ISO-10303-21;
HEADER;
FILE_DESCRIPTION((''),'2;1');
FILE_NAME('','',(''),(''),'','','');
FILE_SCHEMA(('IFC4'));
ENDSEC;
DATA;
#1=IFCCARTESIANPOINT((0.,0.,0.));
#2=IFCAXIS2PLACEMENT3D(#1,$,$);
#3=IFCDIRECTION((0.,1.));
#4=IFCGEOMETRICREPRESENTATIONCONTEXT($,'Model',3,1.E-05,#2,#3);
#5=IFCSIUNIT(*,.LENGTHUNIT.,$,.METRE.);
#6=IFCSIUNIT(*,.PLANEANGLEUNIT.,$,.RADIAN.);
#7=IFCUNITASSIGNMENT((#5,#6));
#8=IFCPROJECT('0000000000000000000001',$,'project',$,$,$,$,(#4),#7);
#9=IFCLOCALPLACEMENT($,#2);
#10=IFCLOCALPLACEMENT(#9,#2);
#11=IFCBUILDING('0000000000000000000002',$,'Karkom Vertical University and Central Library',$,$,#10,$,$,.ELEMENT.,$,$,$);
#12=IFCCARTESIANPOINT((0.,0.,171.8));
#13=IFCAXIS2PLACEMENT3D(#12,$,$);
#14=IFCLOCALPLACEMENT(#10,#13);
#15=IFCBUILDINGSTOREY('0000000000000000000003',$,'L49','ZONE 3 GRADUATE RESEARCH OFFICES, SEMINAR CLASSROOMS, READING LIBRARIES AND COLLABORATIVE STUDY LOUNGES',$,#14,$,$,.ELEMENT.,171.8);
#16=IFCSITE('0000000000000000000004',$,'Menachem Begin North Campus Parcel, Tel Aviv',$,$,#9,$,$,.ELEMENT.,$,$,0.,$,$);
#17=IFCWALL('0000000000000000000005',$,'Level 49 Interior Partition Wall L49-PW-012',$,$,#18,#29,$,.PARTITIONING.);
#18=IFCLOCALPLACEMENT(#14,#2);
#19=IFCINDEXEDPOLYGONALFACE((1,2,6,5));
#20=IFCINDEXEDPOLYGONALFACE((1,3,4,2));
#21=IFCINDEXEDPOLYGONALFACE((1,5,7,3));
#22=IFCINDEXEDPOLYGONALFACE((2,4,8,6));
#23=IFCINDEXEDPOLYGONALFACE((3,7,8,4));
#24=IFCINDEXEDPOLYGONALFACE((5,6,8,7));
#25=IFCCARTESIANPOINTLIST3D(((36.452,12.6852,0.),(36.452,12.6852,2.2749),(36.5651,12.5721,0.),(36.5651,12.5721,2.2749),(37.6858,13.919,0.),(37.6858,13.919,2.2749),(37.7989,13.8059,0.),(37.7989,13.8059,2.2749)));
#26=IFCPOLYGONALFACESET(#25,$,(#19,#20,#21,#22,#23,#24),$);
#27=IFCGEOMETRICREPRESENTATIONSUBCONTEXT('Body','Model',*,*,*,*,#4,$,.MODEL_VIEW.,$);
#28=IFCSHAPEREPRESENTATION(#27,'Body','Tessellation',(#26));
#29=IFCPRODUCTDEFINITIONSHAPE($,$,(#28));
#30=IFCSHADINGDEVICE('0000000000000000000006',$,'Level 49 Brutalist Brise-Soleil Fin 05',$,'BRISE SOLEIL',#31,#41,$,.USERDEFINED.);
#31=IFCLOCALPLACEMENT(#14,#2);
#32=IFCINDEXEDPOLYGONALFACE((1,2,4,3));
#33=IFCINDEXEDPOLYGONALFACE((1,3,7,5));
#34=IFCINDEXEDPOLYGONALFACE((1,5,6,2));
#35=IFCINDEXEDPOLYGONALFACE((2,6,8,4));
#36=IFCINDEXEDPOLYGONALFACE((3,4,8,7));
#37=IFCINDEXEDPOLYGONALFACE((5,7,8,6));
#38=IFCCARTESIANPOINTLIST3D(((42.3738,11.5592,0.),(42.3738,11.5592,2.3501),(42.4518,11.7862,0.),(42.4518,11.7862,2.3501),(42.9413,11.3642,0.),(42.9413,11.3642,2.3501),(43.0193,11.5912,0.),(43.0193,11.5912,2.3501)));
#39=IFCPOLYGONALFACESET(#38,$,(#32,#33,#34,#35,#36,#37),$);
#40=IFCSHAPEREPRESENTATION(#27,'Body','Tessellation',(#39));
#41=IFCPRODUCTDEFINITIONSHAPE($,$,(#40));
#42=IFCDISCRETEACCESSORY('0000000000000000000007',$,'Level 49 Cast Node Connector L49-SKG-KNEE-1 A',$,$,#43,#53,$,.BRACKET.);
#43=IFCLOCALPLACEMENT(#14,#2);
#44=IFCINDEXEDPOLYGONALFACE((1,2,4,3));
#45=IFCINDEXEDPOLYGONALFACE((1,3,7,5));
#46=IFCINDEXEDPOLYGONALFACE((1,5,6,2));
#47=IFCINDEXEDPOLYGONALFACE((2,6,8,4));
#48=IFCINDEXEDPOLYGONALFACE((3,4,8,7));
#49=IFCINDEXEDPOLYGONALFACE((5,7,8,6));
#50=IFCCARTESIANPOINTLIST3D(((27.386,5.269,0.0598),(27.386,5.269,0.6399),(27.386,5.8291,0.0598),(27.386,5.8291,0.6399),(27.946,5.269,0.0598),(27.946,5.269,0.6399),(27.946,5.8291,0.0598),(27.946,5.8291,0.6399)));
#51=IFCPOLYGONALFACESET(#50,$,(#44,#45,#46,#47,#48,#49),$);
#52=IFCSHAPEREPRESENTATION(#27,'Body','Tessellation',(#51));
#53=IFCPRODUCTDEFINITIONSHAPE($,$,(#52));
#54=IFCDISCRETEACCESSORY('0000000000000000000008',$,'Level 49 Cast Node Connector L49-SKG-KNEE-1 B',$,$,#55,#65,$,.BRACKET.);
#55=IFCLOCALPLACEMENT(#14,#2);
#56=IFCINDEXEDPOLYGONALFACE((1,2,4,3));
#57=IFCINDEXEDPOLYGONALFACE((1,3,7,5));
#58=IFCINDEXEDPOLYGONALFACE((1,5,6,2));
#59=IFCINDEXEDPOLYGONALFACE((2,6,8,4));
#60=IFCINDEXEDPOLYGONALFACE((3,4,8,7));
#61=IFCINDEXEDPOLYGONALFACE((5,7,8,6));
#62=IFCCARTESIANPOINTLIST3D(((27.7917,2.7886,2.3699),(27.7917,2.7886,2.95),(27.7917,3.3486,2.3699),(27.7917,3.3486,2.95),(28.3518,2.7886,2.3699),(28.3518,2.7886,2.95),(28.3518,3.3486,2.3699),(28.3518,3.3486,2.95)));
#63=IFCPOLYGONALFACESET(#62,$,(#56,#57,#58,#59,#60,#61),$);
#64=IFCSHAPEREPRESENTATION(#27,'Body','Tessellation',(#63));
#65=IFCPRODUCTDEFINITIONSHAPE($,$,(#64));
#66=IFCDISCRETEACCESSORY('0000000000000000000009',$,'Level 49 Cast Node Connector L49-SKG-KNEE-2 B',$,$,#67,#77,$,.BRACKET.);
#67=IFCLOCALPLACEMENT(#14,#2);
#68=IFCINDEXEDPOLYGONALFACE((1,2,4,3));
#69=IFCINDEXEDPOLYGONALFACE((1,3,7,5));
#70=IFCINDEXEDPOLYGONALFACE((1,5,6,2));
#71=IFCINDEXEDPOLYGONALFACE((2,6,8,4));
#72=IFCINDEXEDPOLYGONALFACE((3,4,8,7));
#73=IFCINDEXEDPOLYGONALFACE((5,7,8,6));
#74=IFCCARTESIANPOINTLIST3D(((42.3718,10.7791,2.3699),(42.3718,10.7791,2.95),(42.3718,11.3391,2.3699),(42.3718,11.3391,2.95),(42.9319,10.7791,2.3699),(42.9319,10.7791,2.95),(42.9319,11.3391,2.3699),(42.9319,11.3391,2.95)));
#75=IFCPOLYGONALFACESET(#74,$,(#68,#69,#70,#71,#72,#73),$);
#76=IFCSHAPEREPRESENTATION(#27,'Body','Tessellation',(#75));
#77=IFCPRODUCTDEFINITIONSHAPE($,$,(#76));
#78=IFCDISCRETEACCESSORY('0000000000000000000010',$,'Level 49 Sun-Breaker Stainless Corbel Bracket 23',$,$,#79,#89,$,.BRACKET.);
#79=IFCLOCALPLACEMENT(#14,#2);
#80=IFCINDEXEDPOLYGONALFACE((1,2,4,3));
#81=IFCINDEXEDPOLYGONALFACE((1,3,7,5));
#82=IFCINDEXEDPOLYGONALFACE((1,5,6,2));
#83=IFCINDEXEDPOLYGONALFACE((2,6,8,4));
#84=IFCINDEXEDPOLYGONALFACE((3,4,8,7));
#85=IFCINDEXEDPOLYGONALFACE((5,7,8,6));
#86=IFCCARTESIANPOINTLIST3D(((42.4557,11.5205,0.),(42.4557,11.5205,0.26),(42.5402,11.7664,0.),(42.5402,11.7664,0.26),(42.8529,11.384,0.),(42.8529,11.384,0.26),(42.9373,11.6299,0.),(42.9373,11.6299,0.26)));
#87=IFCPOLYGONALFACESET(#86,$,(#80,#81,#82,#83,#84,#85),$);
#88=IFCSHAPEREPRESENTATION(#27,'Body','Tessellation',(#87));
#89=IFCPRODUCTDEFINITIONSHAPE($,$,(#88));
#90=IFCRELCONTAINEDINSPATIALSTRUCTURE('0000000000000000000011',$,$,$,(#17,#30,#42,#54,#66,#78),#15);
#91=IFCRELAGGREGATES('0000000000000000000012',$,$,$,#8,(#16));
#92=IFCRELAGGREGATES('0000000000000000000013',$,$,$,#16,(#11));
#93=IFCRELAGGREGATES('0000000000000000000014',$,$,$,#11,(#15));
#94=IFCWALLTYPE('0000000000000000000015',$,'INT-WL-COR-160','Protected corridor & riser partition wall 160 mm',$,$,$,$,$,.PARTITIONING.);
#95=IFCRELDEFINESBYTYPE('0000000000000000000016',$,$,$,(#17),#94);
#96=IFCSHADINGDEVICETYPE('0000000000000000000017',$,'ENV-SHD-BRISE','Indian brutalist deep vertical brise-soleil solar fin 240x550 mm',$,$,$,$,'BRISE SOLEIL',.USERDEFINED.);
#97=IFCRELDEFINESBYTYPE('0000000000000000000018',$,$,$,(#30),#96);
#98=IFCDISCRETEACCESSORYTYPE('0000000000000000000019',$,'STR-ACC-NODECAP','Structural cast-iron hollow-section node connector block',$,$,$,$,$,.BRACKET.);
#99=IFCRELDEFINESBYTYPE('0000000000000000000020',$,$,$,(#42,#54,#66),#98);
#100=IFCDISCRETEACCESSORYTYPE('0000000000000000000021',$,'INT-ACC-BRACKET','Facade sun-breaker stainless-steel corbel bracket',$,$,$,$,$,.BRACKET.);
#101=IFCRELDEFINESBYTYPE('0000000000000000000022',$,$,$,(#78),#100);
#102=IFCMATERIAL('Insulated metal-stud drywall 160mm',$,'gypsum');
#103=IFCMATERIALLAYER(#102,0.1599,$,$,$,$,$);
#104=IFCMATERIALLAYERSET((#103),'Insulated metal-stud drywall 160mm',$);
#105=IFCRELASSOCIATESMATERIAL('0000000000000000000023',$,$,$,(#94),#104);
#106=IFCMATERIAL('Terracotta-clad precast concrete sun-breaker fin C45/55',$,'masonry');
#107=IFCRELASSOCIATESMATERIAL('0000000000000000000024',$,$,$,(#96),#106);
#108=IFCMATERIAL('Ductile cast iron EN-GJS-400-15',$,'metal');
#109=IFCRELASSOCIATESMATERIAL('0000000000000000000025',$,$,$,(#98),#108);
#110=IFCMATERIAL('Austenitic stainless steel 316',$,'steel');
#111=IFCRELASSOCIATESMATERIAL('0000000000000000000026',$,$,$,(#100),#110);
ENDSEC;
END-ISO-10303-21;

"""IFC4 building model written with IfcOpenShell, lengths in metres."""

from ifc_helpers import new_model, si_unit, direction, frame, frame_2d, origin, origin_with_axes, origin_2d, place, context, subcontext, project, spatial, rectangle, extrude, source, transform, mapped, material, layer, layer_set, type_object, element, save


model = new_model("IFC4")

# Units and contexts
model_context = context("Model", 3, precision=1e-05, world=origin(), true_north=direction((0.0, 1.0)))
body_context = subcontext(model_context, "Body", "Model", "MODEL_VIEW")
ifc_project = project(units=[si_unit("LENGTHUNIT", "METRE"), si_unit("PLANEANGLEUNIT", "RADIAN")], contexts=[model_context])

# Site, building, storey
site_placement = place(None, origin())
site = spatial("IfcSite", under=ifc_project, at=site_placement, Name="Menachem Begin North Campus Parcel, Tel Aviv", CompositionType="ELEMENT", RefElevation=0.0)
building_placement = place(site_placement, origin())
building = spatial("IfcBuilding", under=site, at=building_placement, Name="Karkom Vertical University and Central Library", CompositionType="ELEMENT")
storey_placement = place(building_placement, frame((0.0, 0.0, 171.8)))
storey = spatial("IfcBuildingStorey", under=building, at=storey_placement, Name="L49", Description="ZONE 3 GRADUATE RESEARCH OFFICES, SEMINAR CLASSROOMS, READING LIBRARIES AND COLLABORATIVE STUDY LOUNGES", CompositionType="ELEMENT", Elevation=171.8)

# Shared definitions
ifc_material_1 = material(Name="Insulated metal-stud drywall 160mm", Category="gypsum")
ifc_layer_1 = layer(ifc_material_1, 0.1599)
ifc_layer_set_1 = layer_set([ifc_layer_1], Name="Insulated metal-stud drywall 160mm")
wall_type_1 = type_object("IfcWallType", Name="INT-WL-COR-160", Description="Protected corridor & riser partition wall 160 mm", PredefinedType="PARTITIONING", material=ifc_layer_set_1)

# Wall
wall_1_placement = place(storey_placement, frame((37.7424, 13.8625, 0.0), z_axis=(0.0, 0.0, 1.0), x_axis=(-0.707107, -0.707107, 0.0)))
element("IfcWall", 1, at=wall_1_placement, inside=storey, type_object=wall_type_1, Name="Level 49 Interior Partition Wall L49-PW-012", PredefinedType="PARTITIONING", context=body_context, shape_type="SweptSolid", body=[
    extrude(rectangle(XDim=1.7449, YDim=0.1599, at=frame_2d((0.8726, 0.0))), origin(), (0.0, 0.0, 1.0), 2.2749),
])

# Shading device
ifc_material_2 = material(Name="Terracotta-clad precast concrete sun-breaker fin C45/55", Category="masonry")
shading_device_type = type_object("IfcShadingDeviceType", Name="ENV-SHD-BRISE", Description="Indian brutalist deep vertical brise-soleil solar fin 240x550 mm", ElementType="BRISE SOLEIL", PredefinedType="USERDEFINED", material=ifc_material_2)
shared_shape_1 = source(origin_with_axes(), body_context, "Body", "SweptSolid", [
    extrude(rectangle(XDim=0.24, YDim=0.6001, at=origin_2d()), origin(), (0.0, 0.0, 1.0), 2.3501),
])
shading_device_placement = place(storey_placement, frame((42.6965, 11.5752, 0.0), z_axis=(0.0, 0.0, 1.0), x_axis=(0.324908, 0.945746, 0.0)))
element("IfcShadingDevice", 2, at=shading_device_placement, inside=storey, type_object=shading_device_type, Name="Level 49 Brutalist Brise-Soleil Fin 05", ObjectType="BRISE SOLEIL", PredefinedType="USERDEFINED", context=body_context, shape_type="MappedRepresentation", body=[
    mapped(shared_shape_1, transform((0.0, 0.0, 0.0), scale=1.0)),
])

# Discrete accessories
ifc_material_3 = material(Name="Ductile cast iron EN-GJS-400-15", Category="metal")
discrete_accessory_type_1 = type_object("IfcDiscreteAccessoryType", Name="STR-ACC-NODECAP", Description="Structural cast-iron hollow-section node connector block", PredefinedType="BRACKET", material=ifc_material_3)
shared_shape_2 = source(origin_with_axes(), body_context, "Body", "SweptSolid", [
    extrude(rectangle(XDim=0.5601, YDim=0.5601, at=origin_2d()), origin(), (0.0, 0.0, 1.0), 0.5801),
])
for number, where, z_axis, x_axis, name in (
    (3, (27.666, 5.5491, 0.0598), (0.0, 0.0, 1.0), (1.0, 0.0, 0.0), "Level 49 Cast Node Connector L49-SKG-KNEE-1 A"),
    (4, (28.0718, 3.0686, 2.3699), (0.0, 0.0, 1.0), (1.0, 0.0, 0.0), "Level 49 Cast Node Connector L49-SKG-KNEE-1 B"),
    (5, (42.6519, 11.0591, 2.3699), (0.0, 0.0, 1.0), (1.0, 0.0, 0.0), "Level 49 Cast Node Connector L49-SKG-KNEE-2 B"),
):
    element("IfcDiscreteAccessory", number, at=place(storey_placement, frame(where, z_axis=z_axis, x_axis=x_axis)), inside=storey, type_object=discrete_accessory_type_1, Name=name, PredefinedType="BRACKET", context=body_context, shape_type="MappedRepresentation", body=[
        mapped(shared_shape_2, transform((0.0, 0.0, 0.0), scale=1.0)),
    ])
ifc_material_4 = material(Name="Austenitic stainless steel 316", Category="steel")
discrete_accessory_type_2 = type_object("IfcDiscreteAccessoryType", Name="INT-ACC-BRACKET", Description="Facade sun-breaker stainless-steel corbel bracket", PredefinedType="BRACKET", material=ifc_material_4)
shared_shape_3 = source(origin_with_axes(), body_context, "Body", "SweptSolid", [
    extrude(rectangle(XDim=0.26, YDim=0.4199, at=origin_2d()), origin(), (0.0, 0.0, 1.0), 0.26),
])
discrete_accessory_placement = place(storey_placement, frame((42.6965, 11.5752, 0.0), z_axis=(0.0, 0.0, 1.0), x_axis=(0.324908, 0.945746, 0.0)))
element("IfcDiscreteAccessory", 6, at=discrete_accessory_placement, inside=storey, type_object=discrete_accessory_type_2, Name="Level 49 Sun-Breaker Stainless Corbel Bracket 23", PredefinedType="BRACKET", context=body_context, shape_type="MappedRepresentation", body=[
    mapped(shared_shape_3, transform((0.0, 0.0, 0.0), scale=1.0)),
])

save(model, "model.ifc")
